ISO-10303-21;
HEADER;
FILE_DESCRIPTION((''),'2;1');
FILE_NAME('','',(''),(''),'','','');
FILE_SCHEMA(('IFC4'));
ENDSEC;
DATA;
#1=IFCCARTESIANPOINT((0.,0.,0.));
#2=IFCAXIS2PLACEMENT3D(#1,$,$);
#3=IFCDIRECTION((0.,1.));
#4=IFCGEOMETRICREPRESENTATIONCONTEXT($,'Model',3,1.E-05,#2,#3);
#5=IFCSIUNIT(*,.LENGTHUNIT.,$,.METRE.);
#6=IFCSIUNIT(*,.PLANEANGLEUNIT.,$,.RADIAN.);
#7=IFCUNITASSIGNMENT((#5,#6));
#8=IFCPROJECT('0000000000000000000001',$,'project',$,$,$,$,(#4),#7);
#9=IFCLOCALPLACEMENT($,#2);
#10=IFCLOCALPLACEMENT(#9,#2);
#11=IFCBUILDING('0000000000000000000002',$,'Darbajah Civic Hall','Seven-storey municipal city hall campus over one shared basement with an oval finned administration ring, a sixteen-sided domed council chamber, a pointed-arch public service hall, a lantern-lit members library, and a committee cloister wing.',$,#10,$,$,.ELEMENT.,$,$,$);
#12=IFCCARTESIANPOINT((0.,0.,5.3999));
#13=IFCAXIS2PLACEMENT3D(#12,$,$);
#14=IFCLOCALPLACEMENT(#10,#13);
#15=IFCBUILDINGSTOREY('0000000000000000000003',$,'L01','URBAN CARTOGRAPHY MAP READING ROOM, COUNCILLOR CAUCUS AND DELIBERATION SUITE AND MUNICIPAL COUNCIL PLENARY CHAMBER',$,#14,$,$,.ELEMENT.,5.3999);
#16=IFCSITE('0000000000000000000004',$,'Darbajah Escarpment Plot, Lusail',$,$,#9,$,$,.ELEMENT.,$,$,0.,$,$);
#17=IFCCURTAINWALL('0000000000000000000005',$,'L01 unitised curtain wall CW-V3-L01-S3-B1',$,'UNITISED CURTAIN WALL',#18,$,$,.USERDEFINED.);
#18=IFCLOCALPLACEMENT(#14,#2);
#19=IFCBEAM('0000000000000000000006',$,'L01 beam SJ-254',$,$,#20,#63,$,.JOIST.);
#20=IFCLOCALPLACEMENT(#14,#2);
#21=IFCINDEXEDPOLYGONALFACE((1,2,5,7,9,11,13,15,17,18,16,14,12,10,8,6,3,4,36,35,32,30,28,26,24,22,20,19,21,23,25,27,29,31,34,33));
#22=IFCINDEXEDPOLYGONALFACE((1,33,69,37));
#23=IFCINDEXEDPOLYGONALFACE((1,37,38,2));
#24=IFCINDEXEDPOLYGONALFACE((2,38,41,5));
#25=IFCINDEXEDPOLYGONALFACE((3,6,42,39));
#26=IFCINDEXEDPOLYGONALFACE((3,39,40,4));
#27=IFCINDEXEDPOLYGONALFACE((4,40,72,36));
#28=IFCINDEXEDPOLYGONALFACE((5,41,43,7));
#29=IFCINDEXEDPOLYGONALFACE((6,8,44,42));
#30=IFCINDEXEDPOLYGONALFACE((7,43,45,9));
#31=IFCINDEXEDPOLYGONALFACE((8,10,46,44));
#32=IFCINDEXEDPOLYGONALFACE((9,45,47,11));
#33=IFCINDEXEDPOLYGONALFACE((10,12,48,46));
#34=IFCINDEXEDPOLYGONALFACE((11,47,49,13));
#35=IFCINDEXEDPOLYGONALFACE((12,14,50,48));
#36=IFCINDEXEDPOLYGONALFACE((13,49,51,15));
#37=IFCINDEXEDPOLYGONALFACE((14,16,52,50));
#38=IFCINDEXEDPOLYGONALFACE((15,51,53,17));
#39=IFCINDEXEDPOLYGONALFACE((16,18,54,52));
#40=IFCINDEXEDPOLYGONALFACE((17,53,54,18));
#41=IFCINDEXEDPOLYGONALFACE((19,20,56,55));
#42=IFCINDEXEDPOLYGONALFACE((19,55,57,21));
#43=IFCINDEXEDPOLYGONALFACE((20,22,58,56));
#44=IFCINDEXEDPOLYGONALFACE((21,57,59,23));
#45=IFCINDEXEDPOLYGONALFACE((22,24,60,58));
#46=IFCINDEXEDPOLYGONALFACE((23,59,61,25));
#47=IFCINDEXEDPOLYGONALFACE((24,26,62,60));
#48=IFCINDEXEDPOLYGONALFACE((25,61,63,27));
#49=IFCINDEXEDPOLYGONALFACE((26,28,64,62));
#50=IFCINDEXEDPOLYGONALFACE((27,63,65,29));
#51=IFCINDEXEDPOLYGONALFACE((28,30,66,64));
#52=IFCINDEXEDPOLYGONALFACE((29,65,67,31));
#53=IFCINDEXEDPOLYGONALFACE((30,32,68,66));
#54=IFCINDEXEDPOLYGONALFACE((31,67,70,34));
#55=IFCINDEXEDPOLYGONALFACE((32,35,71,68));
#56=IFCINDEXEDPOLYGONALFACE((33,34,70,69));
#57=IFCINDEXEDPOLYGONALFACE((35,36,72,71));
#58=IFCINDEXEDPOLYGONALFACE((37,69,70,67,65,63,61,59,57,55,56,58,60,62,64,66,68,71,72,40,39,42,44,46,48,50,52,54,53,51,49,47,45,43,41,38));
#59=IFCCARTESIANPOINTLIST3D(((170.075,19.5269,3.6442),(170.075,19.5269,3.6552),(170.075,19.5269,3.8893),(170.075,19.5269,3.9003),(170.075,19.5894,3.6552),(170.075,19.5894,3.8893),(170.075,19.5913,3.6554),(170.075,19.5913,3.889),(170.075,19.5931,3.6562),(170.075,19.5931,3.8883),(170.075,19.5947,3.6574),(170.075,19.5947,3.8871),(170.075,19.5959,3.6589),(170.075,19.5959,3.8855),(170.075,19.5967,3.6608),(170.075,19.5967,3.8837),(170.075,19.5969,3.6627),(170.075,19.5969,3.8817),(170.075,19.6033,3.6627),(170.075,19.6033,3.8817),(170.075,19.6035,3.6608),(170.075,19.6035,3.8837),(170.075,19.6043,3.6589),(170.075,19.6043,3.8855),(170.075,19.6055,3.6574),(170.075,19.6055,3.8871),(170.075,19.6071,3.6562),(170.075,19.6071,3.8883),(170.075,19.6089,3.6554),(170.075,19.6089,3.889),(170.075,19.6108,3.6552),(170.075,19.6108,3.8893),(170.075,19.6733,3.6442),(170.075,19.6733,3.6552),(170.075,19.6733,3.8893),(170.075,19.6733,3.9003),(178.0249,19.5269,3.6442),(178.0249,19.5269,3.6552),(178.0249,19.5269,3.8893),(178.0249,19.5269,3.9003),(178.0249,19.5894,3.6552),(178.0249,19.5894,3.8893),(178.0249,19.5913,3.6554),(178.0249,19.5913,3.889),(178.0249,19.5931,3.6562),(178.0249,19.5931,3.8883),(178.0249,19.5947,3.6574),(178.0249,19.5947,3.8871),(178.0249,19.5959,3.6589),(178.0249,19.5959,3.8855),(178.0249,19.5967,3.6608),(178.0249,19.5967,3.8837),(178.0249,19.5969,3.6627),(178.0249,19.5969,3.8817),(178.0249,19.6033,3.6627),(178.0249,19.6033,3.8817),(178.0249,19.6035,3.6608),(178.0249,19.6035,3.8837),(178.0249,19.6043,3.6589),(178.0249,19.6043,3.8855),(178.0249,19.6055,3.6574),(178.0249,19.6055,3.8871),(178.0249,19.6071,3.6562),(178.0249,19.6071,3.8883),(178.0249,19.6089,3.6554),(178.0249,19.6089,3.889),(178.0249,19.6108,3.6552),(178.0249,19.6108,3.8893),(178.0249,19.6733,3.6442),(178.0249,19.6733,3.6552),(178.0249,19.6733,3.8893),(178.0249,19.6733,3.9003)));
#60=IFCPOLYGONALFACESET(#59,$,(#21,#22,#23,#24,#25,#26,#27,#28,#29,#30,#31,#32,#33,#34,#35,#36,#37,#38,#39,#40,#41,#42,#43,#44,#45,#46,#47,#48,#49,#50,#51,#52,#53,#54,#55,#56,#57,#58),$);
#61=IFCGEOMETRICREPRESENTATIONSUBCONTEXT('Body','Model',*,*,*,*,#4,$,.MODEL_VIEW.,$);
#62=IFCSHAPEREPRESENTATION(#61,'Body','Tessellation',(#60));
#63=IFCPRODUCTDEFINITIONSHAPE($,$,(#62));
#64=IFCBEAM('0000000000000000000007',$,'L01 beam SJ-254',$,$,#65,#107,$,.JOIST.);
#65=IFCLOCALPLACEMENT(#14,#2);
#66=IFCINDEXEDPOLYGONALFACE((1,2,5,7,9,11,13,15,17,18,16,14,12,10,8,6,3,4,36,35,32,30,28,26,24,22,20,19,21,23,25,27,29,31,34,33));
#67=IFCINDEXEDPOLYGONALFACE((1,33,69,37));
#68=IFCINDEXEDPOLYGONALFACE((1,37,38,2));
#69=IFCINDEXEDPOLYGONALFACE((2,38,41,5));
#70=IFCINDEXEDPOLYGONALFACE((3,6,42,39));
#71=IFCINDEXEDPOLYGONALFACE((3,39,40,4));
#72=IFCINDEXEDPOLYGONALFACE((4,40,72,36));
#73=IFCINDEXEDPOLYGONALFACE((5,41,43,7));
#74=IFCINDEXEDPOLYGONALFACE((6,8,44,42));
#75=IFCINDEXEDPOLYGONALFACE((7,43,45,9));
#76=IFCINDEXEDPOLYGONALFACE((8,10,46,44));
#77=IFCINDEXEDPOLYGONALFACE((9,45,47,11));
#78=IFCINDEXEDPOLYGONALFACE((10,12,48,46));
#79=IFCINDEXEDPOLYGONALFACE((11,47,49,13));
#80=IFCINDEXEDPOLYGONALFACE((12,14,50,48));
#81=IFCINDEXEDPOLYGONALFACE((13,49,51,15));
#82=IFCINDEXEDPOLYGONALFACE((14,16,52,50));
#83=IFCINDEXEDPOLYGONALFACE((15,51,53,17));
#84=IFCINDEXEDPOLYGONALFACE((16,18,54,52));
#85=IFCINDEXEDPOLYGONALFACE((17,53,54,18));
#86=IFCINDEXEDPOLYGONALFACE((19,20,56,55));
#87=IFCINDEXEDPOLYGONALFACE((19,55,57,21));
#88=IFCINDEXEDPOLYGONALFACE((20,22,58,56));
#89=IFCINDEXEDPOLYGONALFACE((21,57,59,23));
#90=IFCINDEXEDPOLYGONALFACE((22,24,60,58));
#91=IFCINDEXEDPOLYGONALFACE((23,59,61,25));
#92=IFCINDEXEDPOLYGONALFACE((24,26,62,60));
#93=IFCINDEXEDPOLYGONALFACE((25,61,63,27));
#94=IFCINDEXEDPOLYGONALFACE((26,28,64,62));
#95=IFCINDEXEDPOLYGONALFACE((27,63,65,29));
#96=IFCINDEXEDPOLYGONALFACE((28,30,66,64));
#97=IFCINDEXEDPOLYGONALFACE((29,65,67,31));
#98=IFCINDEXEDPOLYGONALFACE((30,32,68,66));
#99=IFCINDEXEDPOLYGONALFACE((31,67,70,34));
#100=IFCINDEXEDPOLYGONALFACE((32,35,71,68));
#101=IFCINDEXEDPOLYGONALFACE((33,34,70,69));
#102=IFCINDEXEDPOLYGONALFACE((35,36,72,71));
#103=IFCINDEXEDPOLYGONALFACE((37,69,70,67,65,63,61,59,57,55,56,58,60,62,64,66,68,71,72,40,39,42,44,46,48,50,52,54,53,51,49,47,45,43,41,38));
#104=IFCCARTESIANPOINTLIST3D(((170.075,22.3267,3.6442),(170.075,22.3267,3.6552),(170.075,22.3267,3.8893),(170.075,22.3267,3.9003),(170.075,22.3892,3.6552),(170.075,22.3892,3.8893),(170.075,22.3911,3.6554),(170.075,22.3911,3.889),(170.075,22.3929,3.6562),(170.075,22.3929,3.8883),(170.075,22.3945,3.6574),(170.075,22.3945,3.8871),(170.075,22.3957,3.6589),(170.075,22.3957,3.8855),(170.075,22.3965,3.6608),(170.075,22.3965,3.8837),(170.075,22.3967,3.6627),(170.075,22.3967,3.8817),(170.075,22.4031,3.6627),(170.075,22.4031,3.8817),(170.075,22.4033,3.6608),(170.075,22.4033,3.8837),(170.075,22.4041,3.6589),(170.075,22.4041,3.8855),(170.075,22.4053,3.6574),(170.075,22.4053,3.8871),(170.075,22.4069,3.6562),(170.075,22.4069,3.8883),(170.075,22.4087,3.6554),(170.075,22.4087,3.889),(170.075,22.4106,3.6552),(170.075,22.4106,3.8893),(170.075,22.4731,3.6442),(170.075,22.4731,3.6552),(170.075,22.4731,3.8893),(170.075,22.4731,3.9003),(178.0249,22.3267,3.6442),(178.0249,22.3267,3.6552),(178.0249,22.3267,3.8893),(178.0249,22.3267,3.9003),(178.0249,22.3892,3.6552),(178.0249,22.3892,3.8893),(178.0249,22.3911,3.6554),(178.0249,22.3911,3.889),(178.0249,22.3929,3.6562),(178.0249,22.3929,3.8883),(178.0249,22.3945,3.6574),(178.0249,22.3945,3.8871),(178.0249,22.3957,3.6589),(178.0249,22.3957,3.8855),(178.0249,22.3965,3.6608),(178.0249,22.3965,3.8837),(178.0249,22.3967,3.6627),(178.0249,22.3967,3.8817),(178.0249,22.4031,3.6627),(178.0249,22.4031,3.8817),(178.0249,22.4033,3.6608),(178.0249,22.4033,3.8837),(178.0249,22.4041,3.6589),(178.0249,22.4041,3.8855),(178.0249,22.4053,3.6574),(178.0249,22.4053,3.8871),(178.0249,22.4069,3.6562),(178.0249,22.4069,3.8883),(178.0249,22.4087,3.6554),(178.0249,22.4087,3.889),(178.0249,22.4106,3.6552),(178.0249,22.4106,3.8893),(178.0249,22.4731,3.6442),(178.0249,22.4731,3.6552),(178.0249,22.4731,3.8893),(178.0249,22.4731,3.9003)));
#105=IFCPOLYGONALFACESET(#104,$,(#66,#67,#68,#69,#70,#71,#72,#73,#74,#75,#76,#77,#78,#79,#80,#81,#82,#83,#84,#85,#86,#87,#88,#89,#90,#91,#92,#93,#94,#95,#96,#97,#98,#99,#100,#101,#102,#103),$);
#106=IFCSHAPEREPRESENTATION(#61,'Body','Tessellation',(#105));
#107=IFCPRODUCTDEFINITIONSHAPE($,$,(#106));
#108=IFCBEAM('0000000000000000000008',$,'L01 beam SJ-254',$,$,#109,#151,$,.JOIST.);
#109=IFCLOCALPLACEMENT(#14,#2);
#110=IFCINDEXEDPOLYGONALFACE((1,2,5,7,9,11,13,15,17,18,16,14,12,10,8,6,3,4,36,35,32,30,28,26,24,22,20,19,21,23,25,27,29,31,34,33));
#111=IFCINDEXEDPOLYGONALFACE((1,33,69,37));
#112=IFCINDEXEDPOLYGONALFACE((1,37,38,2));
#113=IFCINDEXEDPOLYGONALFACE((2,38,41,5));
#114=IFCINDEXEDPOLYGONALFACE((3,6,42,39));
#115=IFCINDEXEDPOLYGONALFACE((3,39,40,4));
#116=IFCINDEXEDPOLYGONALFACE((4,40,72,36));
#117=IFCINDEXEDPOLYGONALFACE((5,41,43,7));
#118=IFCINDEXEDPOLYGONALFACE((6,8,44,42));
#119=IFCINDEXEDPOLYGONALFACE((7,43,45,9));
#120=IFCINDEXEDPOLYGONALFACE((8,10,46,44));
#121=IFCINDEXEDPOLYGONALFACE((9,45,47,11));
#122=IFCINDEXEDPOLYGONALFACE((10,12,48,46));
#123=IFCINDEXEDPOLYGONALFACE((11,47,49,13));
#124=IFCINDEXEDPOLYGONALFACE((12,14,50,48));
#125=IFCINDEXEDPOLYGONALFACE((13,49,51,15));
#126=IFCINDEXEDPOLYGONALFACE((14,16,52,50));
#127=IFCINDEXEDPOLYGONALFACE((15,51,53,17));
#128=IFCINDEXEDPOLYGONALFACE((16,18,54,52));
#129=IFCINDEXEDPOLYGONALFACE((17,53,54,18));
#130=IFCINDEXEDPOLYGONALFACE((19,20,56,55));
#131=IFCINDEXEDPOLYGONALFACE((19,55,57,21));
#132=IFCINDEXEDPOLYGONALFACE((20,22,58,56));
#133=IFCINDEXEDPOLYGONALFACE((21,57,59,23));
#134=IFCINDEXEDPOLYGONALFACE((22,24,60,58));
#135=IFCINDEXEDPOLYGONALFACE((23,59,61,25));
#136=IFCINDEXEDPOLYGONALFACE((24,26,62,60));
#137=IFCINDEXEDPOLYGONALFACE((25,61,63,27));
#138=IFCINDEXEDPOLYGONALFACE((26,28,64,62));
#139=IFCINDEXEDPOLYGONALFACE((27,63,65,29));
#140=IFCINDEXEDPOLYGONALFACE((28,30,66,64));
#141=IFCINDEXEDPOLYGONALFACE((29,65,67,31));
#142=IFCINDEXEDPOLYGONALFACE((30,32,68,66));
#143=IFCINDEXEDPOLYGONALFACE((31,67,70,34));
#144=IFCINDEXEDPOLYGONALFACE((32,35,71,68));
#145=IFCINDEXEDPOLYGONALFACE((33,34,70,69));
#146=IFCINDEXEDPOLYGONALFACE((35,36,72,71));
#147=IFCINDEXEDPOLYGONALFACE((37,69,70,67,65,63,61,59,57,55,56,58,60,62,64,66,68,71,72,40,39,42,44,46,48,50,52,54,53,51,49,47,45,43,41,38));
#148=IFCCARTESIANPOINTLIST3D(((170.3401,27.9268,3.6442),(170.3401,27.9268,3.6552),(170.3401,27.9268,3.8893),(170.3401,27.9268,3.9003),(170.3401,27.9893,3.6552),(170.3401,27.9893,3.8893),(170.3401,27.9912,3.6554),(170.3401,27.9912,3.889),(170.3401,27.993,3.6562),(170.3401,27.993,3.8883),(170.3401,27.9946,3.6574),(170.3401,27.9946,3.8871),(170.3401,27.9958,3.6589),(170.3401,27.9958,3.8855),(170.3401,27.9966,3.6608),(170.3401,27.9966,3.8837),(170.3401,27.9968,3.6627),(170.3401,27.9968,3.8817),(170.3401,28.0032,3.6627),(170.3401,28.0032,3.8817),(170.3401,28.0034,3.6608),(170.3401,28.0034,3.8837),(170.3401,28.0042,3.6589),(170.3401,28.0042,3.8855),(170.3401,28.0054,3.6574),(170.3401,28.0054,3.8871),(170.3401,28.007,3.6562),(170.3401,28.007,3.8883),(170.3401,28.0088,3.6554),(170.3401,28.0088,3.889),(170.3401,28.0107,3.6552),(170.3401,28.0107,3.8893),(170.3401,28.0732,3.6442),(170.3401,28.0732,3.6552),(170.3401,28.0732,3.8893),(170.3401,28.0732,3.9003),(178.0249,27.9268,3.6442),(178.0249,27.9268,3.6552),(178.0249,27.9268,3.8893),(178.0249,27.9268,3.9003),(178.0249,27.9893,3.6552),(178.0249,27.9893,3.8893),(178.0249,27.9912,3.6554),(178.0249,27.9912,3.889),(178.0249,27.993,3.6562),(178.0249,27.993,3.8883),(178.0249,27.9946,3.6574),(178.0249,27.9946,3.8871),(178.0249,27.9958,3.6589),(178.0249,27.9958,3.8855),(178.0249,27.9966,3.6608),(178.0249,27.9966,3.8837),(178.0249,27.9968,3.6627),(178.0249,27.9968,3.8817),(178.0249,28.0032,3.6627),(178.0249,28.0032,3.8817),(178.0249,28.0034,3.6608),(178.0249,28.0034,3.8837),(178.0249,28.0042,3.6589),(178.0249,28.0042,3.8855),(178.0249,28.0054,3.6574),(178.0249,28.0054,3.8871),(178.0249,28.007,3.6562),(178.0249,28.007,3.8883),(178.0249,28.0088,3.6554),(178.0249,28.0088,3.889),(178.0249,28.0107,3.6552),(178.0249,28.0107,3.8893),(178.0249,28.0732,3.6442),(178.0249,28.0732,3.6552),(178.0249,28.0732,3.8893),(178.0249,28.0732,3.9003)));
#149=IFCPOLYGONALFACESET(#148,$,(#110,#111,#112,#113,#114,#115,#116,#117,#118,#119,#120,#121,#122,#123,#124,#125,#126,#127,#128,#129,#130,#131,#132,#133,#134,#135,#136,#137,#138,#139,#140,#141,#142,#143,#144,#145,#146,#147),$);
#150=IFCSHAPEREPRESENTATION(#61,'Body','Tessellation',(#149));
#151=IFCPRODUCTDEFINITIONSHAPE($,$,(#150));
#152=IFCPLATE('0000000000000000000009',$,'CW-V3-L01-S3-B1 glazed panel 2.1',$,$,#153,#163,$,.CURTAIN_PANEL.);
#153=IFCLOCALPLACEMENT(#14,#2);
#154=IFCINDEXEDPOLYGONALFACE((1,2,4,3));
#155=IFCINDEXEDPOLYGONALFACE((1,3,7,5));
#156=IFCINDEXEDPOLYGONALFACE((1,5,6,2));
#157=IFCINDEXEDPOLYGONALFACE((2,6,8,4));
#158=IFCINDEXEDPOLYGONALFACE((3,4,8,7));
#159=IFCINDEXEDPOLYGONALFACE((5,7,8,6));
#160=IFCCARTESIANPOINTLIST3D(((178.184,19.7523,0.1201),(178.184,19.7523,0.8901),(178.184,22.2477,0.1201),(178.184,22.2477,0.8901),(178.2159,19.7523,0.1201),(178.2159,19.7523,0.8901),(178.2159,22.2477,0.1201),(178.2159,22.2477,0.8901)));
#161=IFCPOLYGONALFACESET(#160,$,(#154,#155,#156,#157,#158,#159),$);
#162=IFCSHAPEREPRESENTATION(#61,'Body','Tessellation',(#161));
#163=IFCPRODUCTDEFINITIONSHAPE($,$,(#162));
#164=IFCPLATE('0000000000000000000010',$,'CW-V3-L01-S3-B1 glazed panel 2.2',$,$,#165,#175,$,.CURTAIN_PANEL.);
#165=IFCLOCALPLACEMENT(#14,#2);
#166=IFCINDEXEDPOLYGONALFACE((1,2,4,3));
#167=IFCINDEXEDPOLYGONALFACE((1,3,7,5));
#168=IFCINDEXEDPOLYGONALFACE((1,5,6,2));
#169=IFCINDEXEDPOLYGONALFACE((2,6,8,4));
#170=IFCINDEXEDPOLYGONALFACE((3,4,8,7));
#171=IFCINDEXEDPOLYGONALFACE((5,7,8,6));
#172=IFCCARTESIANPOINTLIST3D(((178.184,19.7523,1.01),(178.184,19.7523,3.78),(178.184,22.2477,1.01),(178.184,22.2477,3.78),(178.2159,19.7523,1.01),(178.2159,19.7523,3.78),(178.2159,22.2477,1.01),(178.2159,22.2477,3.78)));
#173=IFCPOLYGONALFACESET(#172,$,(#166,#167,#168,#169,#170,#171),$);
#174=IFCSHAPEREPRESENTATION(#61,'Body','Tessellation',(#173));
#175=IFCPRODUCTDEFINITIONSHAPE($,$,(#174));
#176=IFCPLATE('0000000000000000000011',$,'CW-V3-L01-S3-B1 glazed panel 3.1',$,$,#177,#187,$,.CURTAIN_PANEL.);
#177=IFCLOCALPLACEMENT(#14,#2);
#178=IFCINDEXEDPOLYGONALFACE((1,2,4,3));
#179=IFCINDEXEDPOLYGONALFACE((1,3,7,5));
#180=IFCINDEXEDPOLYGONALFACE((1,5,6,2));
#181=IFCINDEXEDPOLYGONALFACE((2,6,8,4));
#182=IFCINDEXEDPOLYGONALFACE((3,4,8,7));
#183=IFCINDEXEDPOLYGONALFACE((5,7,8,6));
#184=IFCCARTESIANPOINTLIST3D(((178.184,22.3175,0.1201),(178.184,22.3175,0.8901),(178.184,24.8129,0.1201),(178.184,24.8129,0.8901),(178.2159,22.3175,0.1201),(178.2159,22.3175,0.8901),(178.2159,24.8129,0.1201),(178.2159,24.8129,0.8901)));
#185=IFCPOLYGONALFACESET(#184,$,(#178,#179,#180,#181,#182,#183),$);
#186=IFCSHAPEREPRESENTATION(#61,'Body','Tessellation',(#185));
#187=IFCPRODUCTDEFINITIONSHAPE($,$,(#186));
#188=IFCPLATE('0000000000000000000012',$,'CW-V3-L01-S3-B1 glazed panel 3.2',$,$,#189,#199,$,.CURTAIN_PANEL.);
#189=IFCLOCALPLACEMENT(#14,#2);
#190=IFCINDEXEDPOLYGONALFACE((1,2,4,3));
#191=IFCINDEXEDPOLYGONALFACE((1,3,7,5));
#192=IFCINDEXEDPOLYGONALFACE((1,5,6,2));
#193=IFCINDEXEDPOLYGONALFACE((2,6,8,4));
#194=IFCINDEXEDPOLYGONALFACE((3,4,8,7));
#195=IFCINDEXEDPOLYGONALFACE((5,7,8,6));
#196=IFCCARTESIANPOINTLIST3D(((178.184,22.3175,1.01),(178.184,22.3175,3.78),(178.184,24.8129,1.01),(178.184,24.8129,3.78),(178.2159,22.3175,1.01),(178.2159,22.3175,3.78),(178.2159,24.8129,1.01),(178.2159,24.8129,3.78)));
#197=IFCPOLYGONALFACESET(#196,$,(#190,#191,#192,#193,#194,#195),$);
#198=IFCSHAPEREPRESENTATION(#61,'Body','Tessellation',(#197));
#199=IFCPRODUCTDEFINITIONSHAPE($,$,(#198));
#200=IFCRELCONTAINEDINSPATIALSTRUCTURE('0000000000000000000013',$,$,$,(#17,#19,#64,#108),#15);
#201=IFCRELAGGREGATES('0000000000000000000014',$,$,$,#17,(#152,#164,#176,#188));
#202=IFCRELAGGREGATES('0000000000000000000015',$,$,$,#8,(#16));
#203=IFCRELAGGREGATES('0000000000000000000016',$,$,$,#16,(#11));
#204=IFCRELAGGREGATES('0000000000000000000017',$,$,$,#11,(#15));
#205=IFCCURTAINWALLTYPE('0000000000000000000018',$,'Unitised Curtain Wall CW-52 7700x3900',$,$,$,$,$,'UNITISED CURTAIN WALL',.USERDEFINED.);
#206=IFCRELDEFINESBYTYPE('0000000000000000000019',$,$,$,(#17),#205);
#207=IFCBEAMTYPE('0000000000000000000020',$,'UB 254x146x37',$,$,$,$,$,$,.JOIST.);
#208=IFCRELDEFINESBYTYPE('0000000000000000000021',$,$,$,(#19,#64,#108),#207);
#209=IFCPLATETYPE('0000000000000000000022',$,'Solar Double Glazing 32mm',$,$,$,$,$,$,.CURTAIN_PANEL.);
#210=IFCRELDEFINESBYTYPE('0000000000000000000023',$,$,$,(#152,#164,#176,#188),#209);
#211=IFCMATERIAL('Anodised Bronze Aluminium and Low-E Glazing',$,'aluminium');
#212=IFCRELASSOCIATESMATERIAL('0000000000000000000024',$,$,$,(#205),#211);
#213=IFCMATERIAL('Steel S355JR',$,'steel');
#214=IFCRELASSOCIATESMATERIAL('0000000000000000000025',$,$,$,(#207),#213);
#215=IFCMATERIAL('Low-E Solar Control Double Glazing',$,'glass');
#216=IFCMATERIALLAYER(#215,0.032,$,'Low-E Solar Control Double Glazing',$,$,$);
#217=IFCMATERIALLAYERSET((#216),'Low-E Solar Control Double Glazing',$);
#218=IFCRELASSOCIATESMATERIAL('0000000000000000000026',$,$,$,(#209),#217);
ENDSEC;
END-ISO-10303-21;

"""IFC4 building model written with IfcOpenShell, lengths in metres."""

from ifc_helpers import new_model, si_unit, direction, frame, origin, origin_2d, place, context, subcontext, project, spatial, rectangle, i_section, extrude, material, layer, layer_set, material_profile, profile_set, type_object, element, aggregate, save


model = new_model("IFC4")

# Units and contexts
model_context = context("Model", 3, precision=1e-05, world=origin(), true_north=direction((0.0, 1.0)))
body_context = subcontext(model_context, "Body", "Model", "MODEL_VIEW")
ifc_project = project(units=[si_unit("LENGTHUNIT", "METRE"), si_unit("PLANEANGLEUNIT", "RADIAN")], contexts=[model_context])

# Site, building, storey
site_placement = place(None, origin())
site = spatial("IfcSite", under=ifc_project, at=site_placement, Name="Darbajah Escarpment Plot, Lusail", CompositionType="ELEMENT", RefElevation=0.0)
building_placement = place(site_placement, origin())
building = spatial("IfcBuilding", under=site, at=building_placement, Name="Darbajah Civic Hall", Description="Seven-storey municipal city hall campus over one shared basement with an oval finned administration ring, a sixteen-sided domed council chamber, a pointed-arch public service hall, a lantern-lit members library, and a committee cloister wing.", CompositionType="ELEMENT")
storey_placement = place(building_placement, frame((0.0, 0.0, 5.3999)))
storey = spatial("IfcBuildingStorey", under=building, at=storey_placement, Name="L01", Description="URBAN CARTOGRAPHY MAP READING ROOM, COUNCILLOR CAUCUS AND DELIBERATION SUITE AND MUNICIPAL COUNCIL PLENARY CHAMBER", CompositionType="ELEMENT", Elevation=5.3999)

# Curtain wall
ifc_material_1 = material(Name="Anodised Bronze Aluminium and Low-E Glazing", Category="aluminium")
curtain_wall_type = type_object("IfcCurtainWallType", Name="Unitised Curtain Wall CW-52 7700x3900", ElementType="UNITISED CURTAIN WALL", PredefinedType="USERDEFINED", material=ifc_material_1)
curtain_wall_1_placement = place(storey_placement, origin())
curtain_wall_1 = element("IfcCurtainWall", 1, at=curtain_wall_1_placement, inside=storey, type_object=curtain_wall_type, Name="L01 unitised curtain wall CW-V3-L01-S3-B1", ObjectType="UNITISED CURTAIN WALL", PredefinedType="USERDEFINED")

# Beams
ifc_material_2 = material(Name="Steel S355JR", Category="steel")
ifc_material_profile_1 = material_profile(ifc_material_2, i_section(OverallWidth=0.1465, OverallDepth=0.2561, WebThickness=0.0063, FlangeThickness=0.011, FilletRadius=0.0076, at=origin_2d()), Name="UB 254x146x37")
ifc_profile_set_1 = profile_set([ifc_material_profile_1], Name="Steel S355JR")
beam_type_1 = type_object("IfcBeamType", Name="UB 254x146x37", PredefinedType="JOIST", material=ifc_profile_set_1)
for number, where, z_axis, x_axis, name in (
    (2, (170.075, 19.6001, 3.7722), (1.0, 0.0, 0.0), (0.0, 1.0, 0.0), "L01 beam SJ-254"),
    (3, (170.075, 22.3999, 3.7722), (1.0, 0.0, 0.0), (0.0, 1.0, 0.0), "L01 beam SJ-254"),
):
    element("IfcBeam", number, at=place(storey_placement, frame(where, z_axis=z_axis, x_axis=x_axis)), inside=storey, type_object=beam_type_1, Name=name, PredefinedType="JOIST", context=body_context, shape_type="SweptSolid", body=[
        extrude(i_section(OverallWidth=0.1465, OverallDepth=0.2561, WebThickness=0.0063, FlangeThickness=0.011, FilletRadius=0.0076, at=origin_2d()), origin(), (0.0, 0.0, 1.0), 7.95),
    ])
beam_1_placement = place(storey_placement, frame((170.3401, 28.0, 3.7722), z_axis=(1.0, 0.0, 0.0), x_axis=(0.0, 1.0, 0.0)))
element("IfcBeam", 4, at=beam_1_placement, inside=storey, type_object=beam_type_1, Name="L01 beam SJ-254", PredefinedType="JOIST", context=body_context, shape_type="SweptSolid", body=[
    extrude(i_section(OverallWidth=0.1465, OverallDepth=0.2561, WebThickness=0.0063, FlangeThickness=0.011, FilletRadius=0.0076, at=origin_2d()), origin(), (0.0, 0.0, 1.0), 7.6848),
])

# Plates
ifc_material_3 = material(Name="Low-E Solar Control Double Glazing", Category="glass")
ifc_layer_1 = layer(ifc_material_3, 0.032, Name="Low-E Solar Control Double Glazing")
ifc_layer_set_1 = layer_set([ifc_layer_1], Name="Low-E Solar Control Double Glazing")
plate_type = type_object("IfcPlateType", Name="Solar Double Glazing 32mm", PredefinedType="CURTAIN_PANEL", material=ifc_layer_set_1)
plate_1_placement = place(storey_placement, frame((178.2, 21.0, 0.1201), z_axis=(0.0, 0.0, 1.0), x_axis=(0.0, 1.0, 0.0)))
plate_1 = element("IfcPlate", 5, at=plate_1_placement, type_object=plate_type, Name="CW-V3-L01-S3-B1 glazed panel 2.1", PredefinedType="CURTAIN_PANEL", context=body_context, shape_type="SweptSolid", body=[
    extrude(rectangle(XDim=2.4954, YDim=0.032, at=origin_2d()), origin(), (0.0, 0.0, 1.0), 0.77),
])
plate_2_placement = place(storey_placement, frame((178.2, 21.0, 1.01), z_axis=(0.0, 0.0, 1.0), x_axis=(0.0, 1.0, 0.0)))
plate_2 = element("IfcPlate", 6, at=plate_2_placement, type_object=plate_type, Name="CW-V3-L01-S3-B1 glazed panel 2.2", PredefinedType="CURTAIN_PANEL", context=body_context, shape_type="SweptSolid", body=[
    extrude(rectangle(XDim=2.4954, YDim=0.032, at=origin_2d()), origin(), (0.0, 0.0, 1.0), 2.77),
])
plate_3_placement = place(storey_placement, frame((178.2, 23.5652, 0.1201), z_axis=(0.0, 0.0, 1.0), x_axis=(0.0, 1.0, 0.0)))
plate_3 = element("IfcPlate", 7, at=plate_3_placement, type_object=plate_type, Name="CW-V3-L01-S3-B1 glazed panel 3.1", PredefinedType="CURTAIN_PANEL", context=body_context, shape_type="SweptSolid", body=[
    extrude(rectangle(XDim=2.4954, YDim=0.032, at=origin_2d()), origin(), (0.0, 0.0, 1.0), 0.77),
])
plate_4_placement = place(storey_placement, frame((178.2, 23.5652, 1.01), z_axis=(0.0, 0.0, 1.0), x_axis=(0.0, 1.0, 0.0)))
plate_4 = element("IfcPlate", 8, at=plate_4_placement, type_object=plate_type, Name="CW-V3-L01-S3-B1 glazed panel 3.2", PredefinedType="CURTAIN_PANEL", context=body_context, shape_type="SweptSolid", body=[
    extrude(rectangle(XDim=2.4954, YDim=0.032, at=origin_2d()), origin(), (0.0, 0.0, 1.0), 2.77),
])
aggregate(curtain_wall_1, [plate_1, plate_2, plate_3, plate_4])

save(model, "model.ifc")
